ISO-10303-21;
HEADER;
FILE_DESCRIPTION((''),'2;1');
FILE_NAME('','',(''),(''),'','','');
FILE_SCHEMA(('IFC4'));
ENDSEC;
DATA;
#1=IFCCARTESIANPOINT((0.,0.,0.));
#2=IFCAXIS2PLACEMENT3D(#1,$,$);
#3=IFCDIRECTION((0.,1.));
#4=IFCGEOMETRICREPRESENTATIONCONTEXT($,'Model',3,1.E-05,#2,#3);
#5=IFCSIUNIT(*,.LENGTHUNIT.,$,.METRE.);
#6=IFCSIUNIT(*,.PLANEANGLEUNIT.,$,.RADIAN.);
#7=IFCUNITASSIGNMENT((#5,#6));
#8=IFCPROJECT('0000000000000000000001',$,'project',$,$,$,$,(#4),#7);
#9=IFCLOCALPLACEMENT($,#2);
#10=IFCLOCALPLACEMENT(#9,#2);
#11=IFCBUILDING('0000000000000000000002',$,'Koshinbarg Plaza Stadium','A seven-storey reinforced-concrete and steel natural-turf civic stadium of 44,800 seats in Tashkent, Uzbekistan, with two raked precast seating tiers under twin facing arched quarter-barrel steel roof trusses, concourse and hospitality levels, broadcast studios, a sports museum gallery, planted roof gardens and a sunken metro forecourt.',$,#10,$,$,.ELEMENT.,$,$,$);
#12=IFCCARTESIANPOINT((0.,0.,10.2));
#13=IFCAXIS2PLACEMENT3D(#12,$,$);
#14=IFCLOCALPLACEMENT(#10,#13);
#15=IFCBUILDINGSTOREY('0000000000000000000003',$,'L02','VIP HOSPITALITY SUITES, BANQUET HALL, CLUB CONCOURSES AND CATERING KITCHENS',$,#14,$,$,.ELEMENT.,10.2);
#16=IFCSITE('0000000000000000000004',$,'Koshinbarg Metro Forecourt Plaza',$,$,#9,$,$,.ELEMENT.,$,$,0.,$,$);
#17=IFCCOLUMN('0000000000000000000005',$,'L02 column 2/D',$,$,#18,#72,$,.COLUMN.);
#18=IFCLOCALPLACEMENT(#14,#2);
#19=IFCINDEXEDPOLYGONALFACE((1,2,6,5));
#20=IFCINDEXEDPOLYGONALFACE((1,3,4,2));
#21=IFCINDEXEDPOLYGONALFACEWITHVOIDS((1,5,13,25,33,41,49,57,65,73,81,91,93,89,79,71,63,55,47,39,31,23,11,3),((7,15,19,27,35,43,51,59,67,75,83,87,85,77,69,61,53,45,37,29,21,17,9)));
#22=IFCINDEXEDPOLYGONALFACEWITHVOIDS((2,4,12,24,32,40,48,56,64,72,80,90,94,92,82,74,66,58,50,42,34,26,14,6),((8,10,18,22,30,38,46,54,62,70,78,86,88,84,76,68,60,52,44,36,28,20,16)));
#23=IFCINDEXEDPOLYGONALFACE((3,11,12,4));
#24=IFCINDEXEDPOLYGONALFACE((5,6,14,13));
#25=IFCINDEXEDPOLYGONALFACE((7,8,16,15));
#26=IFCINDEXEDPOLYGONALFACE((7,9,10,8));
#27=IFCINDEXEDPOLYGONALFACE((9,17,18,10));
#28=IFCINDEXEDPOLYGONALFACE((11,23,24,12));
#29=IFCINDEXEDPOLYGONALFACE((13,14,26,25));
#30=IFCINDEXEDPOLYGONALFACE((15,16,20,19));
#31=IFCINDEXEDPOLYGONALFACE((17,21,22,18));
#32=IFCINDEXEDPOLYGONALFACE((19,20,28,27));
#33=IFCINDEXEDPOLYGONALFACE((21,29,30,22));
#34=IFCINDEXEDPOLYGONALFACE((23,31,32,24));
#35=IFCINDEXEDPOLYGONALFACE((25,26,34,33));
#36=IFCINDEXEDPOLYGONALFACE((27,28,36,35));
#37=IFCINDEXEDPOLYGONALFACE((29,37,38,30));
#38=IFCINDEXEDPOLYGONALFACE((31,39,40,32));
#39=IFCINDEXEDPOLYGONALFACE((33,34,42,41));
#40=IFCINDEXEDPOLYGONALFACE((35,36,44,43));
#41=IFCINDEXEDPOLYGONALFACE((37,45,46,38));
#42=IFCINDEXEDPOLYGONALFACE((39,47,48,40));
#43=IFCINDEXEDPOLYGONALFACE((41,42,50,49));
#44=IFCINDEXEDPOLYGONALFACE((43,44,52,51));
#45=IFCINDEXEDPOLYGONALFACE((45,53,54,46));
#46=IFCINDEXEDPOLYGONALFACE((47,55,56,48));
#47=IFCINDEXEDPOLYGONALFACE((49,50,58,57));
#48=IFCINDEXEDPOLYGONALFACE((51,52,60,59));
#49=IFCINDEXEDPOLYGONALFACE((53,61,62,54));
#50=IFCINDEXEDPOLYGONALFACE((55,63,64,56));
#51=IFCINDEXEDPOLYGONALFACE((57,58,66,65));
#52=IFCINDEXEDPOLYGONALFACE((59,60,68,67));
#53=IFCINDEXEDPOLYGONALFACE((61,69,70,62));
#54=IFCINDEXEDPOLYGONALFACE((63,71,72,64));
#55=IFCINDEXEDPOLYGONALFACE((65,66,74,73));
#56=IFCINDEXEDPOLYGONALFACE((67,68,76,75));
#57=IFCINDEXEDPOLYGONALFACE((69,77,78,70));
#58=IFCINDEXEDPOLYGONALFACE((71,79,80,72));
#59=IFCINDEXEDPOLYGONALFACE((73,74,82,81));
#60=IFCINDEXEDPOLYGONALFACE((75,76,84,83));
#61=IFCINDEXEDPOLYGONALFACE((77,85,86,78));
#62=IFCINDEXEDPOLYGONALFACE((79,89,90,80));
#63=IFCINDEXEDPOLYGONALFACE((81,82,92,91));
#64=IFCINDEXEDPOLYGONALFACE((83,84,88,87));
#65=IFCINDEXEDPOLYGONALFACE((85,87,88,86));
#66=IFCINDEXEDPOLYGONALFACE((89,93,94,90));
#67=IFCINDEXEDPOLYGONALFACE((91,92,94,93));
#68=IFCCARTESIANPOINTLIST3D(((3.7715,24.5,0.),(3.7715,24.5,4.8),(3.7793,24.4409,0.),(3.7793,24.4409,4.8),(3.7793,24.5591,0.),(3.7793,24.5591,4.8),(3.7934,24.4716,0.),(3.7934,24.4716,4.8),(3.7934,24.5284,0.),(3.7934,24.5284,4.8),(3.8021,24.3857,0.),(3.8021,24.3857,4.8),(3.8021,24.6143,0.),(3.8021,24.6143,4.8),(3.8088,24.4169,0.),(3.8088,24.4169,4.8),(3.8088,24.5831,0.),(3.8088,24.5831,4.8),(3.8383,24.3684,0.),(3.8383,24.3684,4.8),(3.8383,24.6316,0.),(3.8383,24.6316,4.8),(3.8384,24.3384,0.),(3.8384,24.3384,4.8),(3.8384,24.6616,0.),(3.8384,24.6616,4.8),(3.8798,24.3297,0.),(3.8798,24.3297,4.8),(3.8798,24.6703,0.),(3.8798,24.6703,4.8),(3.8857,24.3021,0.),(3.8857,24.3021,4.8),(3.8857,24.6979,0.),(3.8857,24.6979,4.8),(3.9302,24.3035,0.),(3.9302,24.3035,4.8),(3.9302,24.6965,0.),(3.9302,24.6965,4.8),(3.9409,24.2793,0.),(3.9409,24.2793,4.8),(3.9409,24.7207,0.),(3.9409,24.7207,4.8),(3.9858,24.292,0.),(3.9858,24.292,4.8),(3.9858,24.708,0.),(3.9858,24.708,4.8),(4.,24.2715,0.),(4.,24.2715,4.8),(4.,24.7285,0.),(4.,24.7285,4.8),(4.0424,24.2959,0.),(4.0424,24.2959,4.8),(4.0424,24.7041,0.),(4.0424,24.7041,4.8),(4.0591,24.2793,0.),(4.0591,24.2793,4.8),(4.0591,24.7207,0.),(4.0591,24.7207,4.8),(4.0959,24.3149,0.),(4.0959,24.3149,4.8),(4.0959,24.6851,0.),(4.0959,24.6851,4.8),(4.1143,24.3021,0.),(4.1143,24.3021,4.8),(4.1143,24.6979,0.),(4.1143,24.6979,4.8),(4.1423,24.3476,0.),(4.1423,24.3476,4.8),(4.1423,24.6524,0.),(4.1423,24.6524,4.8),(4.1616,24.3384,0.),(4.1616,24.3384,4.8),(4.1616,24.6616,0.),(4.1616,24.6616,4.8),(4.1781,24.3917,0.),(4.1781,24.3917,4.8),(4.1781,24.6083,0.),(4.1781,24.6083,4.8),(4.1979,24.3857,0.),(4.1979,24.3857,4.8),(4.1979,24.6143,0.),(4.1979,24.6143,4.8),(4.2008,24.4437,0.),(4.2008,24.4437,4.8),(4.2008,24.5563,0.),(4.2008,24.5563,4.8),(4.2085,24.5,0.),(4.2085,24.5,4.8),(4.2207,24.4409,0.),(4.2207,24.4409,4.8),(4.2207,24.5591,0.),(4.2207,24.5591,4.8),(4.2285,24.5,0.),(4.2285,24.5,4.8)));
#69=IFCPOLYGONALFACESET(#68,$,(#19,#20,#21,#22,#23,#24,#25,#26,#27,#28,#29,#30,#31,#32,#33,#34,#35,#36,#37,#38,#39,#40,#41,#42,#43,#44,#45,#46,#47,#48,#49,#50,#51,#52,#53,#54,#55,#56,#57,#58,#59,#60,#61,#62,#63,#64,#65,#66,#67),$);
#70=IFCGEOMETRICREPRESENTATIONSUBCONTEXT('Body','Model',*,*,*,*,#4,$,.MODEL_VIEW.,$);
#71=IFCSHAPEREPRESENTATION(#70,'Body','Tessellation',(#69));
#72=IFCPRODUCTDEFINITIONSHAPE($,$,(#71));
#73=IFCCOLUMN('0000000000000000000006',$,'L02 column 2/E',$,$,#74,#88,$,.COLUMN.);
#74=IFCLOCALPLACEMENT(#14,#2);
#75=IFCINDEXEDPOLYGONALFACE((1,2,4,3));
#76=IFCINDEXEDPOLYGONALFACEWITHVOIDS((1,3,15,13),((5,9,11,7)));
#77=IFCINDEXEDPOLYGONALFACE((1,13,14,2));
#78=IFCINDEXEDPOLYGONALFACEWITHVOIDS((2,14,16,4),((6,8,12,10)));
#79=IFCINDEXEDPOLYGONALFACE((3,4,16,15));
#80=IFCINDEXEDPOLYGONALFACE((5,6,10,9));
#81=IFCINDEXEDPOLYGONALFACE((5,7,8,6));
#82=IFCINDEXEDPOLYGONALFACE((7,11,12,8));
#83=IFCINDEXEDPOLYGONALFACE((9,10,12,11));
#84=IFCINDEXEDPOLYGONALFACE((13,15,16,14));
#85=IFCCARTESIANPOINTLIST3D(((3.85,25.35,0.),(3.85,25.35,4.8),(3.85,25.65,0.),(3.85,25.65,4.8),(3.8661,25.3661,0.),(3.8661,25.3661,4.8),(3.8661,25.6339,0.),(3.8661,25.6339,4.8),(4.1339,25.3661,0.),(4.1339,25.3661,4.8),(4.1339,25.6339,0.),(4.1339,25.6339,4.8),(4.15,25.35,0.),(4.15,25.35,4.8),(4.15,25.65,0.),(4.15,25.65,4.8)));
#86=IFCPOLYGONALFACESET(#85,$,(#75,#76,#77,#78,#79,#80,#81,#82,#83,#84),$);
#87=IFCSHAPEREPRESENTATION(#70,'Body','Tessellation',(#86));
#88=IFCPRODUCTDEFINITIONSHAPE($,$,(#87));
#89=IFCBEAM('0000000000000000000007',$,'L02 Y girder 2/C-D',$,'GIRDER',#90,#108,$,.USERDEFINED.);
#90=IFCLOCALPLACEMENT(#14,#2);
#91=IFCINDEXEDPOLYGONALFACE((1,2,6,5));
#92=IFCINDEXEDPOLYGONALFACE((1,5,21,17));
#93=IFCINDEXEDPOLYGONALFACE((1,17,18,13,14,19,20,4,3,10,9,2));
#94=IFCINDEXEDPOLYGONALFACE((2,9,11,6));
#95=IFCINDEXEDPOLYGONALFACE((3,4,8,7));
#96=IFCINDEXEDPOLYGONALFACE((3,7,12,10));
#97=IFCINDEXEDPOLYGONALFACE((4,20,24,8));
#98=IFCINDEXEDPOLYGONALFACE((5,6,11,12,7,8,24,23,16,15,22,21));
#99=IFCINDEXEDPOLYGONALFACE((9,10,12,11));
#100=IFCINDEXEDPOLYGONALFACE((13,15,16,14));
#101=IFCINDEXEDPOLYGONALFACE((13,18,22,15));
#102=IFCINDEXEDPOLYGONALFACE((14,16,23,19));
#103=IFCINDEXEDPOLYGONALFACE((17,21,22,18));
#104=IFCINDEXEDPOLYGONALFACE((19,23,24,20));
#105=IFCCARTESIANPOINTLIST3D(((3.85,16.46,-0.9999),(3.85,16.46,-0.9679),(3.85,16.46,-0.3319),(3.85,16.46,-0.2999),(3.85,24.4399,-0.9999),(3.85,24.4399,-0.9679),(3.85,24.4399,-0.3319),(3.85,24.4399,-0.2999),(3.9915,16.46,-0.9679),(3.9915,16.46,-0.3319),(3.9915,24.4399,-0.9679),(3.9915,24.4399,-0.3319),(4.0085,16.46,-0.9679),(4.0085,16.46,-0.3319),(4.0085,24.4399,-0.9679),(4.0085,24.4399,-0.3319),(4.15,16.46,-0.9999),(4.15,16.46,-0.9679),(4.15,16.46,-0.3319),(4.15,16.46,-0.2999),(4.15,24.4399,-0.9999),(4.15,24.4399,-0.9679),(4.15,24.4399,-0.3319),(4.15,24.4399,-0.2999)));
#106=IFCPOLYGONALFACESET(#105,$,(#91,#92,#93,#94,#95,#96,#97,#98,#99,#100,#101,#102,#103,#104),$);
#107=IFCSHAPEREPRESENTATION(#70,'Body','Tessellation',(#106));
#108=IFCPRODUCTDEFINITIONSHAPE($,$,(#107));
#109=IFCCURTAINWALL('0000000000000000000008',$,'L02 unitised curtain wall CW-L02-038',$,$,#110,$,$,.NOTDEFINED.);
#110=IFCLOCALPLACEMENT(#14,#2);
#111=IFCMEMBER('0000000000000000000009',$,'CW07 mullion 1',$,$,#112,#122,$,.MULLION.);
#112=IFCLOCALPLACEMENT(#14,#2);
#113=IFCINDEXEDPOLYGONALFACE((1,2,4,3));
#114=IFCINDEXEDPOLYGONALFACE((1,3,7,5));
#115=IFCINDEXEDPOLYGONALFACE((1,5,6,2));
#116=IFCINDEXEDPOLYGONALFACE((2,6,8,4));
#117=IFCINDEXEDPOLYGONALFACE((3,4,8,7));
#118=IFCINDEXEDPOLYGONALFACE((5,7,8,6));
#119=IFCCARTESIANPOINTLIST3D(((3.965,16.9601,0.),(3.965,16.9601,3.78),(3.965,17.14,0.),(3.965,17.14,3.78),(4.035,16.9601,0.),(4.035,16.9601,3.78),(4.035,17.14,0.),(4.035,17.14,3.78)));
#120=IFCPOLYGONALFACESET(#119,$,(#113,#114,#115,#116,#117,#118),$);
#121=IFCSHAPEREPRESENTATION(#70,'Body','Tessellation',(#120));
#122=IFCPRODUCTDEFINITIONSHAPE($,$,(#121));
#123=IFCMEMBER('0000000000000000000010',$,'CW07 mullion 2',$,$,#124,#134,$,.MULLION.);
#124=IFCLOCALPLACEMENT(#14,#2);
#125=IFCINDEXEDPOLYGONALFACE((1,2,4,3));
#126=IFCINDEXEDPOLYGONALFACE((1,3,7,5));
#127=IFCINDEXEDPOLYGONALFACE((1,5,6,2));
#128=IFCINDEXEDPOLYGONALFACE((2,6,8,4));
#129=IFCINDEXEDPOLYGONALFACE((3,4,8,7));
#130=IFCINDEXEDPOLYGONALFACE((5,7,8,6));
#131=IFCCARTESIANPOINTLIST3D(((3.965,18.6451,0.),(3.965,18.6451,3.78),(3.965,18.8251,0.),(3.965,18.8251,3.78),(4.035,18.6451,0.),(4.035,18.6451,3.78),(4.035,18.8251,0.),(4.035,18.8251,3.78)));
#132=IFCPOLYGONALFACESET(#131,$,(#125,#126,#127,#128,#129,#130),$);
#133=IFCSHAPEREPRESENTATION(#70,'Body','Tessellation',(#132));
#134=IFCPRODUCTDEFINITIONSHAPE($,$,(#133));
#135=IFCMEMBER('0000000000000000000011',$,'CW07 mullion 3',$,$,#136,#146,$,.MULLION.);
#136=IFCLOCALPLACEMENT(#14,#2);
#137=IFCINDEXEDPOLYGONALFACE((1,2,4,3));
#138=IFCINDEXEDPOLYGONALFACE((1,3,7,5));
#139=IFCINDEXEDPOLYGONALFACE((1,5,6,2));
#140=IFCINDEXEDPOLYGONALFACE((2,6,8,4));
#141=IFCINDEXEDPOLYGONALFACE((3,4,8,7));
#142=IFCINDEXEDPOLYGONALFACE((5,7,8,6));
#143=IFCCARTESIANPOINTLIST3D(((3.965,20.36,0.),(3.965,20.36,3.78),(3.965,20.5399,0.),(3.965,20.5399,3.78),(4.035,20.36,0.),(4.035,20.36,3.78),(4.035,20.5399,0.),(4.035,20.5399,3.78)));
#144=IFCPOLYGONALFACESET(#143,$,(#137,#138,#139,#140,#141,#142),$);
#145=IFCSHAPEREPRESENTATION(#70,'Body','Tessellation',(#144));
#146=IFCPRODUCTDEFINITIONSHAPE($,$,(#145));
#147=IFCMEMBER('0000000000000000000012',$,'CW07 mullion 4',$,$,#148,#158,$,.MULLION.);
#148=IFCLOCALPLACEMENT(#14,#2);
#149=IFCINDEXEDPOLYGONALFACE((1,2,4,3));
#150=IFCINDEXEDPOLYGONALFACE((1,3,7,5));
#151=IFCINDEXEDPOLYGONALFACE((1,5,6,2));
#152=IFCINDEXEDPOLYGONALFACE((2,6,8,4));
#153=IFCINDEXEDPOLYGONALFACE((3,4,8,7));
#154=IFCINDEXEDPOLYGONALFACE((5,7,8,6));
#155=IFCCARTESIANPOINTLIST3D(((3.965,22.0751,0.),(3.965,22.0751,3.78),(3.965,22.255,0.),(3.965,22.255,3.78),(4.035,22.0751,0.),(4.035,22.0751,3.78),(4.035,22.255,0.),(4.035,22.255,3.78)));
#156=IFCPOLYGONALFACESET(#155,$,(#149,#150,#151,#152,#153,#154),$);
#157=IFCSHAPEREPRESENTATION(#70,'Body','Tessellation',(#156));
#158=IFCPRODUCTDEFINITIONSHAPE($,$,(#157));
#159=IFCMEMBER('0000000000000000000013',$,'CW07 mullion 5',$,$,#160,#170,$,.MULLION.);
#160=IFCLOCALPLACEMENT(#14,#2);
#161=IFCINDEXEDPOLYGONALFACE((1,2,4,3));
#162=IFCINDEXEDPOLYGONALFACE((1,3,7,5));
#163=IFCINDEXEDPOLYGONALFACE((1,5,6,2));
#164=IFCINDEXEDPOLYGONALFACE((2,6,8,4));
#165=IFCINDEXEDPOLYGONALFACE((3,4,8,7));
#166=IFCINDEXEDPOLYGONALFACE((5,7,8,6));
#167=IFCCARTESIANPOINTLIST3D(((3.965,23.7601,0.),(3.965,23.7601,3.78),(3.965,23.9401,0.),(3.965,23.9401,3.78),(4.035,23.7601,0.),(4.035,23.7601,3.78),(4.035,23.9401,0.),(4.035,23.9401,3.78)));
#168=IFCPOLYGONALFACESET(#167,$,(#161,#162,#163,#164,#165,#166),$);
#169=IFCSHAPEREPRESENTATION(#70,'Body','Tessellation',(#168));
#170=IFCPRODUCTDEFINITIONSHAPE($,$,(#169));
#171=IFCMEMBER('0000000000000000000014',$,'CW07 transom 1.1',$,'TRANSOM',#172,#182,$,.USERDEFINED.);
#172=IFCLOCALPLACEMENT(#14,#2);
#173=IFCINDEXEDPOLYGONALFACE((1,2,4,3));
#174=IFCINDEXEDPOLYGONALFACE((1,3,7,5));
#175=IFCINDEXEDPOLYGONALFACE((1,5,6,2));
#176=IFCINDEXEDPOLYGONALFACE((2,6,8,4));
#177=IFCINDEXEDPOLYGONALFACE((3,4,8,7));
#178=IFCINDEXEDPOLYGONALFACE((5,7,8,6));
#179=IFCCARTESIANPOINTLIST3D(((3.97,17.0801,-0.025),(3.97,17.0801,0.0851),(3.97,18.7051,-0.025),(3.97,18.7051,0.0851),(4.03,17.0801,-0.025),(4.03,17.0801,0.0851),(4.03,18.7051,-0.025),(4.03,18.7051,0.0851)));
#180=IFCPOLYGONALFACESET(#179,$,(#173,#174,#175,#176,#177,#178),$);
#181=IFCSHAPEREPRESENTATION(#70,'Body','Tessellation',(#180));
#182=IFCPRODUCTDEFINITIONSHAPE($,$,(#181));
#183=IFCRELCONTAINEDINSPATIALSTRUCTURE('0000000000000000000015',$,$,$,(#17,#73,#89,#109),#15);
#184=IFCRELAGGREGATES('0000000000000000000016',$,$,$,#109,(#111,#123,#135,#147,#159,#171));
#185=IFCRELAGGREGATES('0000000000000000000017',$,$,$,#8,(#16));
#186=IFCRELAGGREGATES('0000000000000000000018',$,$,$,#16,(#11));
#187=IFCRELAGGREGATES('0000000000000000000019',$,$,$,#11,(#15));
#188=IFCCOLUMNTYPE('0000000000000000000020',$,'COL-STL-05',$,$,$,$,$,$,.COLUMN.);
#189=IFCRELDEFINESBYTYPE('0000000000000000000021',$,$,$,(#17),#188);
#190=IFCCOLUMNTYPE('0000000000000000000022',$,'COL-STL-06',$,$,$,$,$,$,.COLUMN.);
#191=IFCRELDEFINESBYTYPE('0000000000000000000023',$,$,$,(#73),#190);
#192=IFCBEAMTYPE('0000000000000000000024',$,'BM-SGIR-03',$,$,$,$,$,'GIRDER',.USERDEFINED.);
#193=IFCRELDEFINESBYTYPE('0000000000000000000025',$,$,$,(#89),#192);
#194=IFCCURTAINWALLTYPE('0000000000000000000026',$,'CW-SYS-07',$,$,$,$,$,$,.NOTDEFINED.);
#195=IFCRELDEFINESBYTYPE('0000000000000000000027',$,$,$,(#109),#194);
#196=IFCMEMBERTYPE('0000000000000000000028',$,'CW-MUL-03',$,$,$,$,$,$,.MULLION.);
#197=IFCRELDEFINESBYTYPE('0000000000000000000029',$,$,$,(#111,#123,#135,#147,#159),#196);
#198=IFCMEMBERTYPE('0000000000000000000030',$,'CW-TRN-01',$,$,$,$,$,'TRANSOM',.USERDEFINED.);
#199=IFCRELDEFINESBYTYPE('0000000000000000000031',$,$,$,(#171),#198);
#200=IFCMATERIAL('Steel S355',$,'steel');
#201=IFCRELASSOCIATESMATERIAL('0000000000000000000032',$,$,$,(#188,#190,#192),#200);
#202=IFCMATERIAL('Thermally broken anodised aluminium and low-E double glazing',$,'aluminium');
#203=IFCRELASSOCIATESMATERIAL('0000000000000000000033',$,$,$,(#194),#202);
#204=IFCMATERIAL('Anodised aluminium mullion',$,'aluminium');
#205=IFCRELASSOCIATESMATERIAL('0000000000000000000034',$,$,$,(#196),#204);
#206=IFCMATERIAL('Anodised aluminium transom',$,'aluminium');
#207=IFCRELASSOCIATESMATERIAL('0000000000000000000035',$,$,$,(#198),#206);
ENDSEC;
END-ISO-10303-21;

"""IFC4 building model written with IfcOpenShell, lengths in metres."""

from ifc_helpers import new_model, si_unit, direction, frame, origin, origin_2d, place, context, subcontext, project, spatial, rectangle, hollow_rectangle, hollow_circle, i_section, extrude, material, material_profile, profile_set, type_object, element, aggregate, save


model = new_model("IFC4")

# Units and contexts
model_context = context("Model", 3, precision=1e-05, world=origin(), true_north=direction((0.0, 1.0)))
body_context = subcontext(model_context, "Body", "Model", "MODEL_VIEW")
ifc_project = project(units=[si_unit("LENGTHUNIT", "METRE"), si_unit("PLANEANGLEUNIT", "RADIAN")], contexts=[model_context])

# Site, building, storey
site_placement = place(None, origin())
site = spatial("IfcSite", under=ifc_project, at=site_placement, Name="Koshinbarg Metro Forecourt Plaza", CompositionType="ELEMENT", RefElevation=0.0)
building_placement = place(site_placement, origin())
building = spatial("IfcBuilding", under=site, at=building_placement, Name="Koshinbarg Plaza Stadium", Description="A seven-storey reinforced-concrete and steel natural-turf civic stadium of 44,800 seats in Tashkent, Uzbekistan, with two raked precast seating tiers under twin facing arched quarter-barrel steel roof trusses, concourse and hospitality levels, broadcast studios, a sports museum gallery, planted roof gardens and a sunken metro forecourt.", CompositionType="ELEMENT")
storey_placement = place(building_placement, frame((0.0, 0.0, 10.2)))
storey = spatial("IfcBuildingStorey", under=building, at=storey_placement, Name="L02", Description="VIP HOSPITALITY SUITES, BANQUET HALL, CLUB CONCOURSES AND CATERING KITCHENS", CompositionType="ELEMENT", Elevation=10.2)

# Columns
ifc_material_1 = material(Name="Steel S355", Category="steel")
ifc_material_profile_1 = material_profile(ifc_material_1, hollow_circle(Radius=0.2285, WallThickness=0.02, at=origin_2d()), Name="CHS 457x20")
ifc_profile_set_1 = profile_set([ifc_material_profile_1], Name="Steel S355")
column_type_1 = type_object("IfcColumnType", Name="COL-STL-05", PredefinedType="COLUMN", material=ifc_profile_set_1)
column_1_placement = place(storey_placement, frame((4.0, 24.5, 0.0), z_axis=(0.0, 0.0, 1.0), x_axis=(1.0, 0.0, 0.0)))
element("IfcColumn", 1, at=column_1_placement, inside=storey, type_object=column_type_1, Name="L02 column 2/D", PredefinedType="COLUMN", context=body_context, shape_type="SweptSolid", body=[
    extrude(hollow_circle(Radius=0.2285, WallThickness=0.02, at=origin_2d()), origin(), (0.0, 0.0, 1.0), 4.8),
])
ifc_material_profile_2 = material_profile(ifc_material_1, hollow_rectangle(XDim=0.3, YDim=0.3, WallThickness=0.0161, at=origin_2d()), Name="SHS 300x300x16")
ifc_profile_set_2 = profile_set([ifc_material_profile_2], Name="Steel S355")
column_type_2 = type_object("IfcColumnType", Name="COL-STL-06", PredefinedType="COLUMN", material=ifc_profile_set_2)
column_2_placement = place(storey_placement, frame((4.0, 25.5, 0.0), z_axis=(0.0, 0.0, 1.0), x_axis=(1.0, 0.0, 0.0)))
element("IfcColumn", 2, at=column_2_placement, inside=storey, type_object=column_type_2, Name="L02 column 2/E", PredefinedType="COLUMN", context=body_context, shape_type="SweptSolid", body=[
    extrude(hollow_rectangle(XDim=0.3, YDim=0.3, WallThickness=0.0161, at=origin_2d()), origin(), (0.0, 0.0, 1.0), 4.8),
])

# Beam
ifc_material_profile_3 = material_profile(ifc_material_1, i_section(OverallWidth=0.3, OverallDepth=0.7, WebThickness=0.0171, FlangeThickness=0.032, at=origin_2d()), Name="HEB 700")
ifc_profile_set_3 = profile_set([ifc_material_profile_3], Name="Steel S355")
beam_type = type_object("IfcBeamType", Name="BM-SGIR-03", ElementType="GIRDER", PredefinedType="USERDEFINED", material=ifc_profile_set_3)
beam_placement = place(storey_placement, frame((4.0, 16.46, -0.6499), z_axis=(0.0, 1.0, 0.0), x_axis=(-1.0, 0.0, 0.0)))
element("IfcBeam", 3, at=beam_placement, inside=storey, type_object=beam_type, Name="L02 Y girder 2/C-D", ObjectType="GIRDER", PredefinedType="USERDEFINED", context=body_context, shape_type="SweptSolid", body=[
    extrude(i_section(OverallWidth=0.3, OverallDepth=0.7, WebThickness=0.0171, FlangeThickness=0.032, at=origin_2d()), origin(), (0.0, 0.0, 1.0), 7.98),
])

# Curtain wall, members
ifc_material_2 = material(Name="Thermally broken anodised aluminium and low-E double glazing", Category="aluminium")
curtain_wall_type = type_object("IfcCurtainWallType", Name="CW-SYS-07", PredefinedType="NOTDEFINED", material=ifc_material_2)
curtain_wall_placement = place(storey_placement, origin())
curtain_wall = element("IfcCurtainWall", 4, at=curtain_wall_placement, inside=storey, type_object=curtain_wall_type, Name="L02 unitised curtain wall CW-L02-038", PredefinedType="NOTDEFINED")
ifc_material_3 = material(Name="Anodised aluminium mullion", Category="aluminium")
ifc_material_profile_4 = material_profile(ifc_material_3, rectangle(XDim=0.0701, YDim=0.1799, at=origin_2d()), Name="ALU 70x180")
ifc_profile_set_4 = profile_set([ifc_material_profile_4], Name="Anodised aluminium mullion")
member_type_1 = type_object("IfcMemberType", Name="CW-MUL-03", PredefinedType="MULLION", material=ifc_profile_set_4)
member_1_placement = place(storey_placement, frame((4.0, 17.05, 0.0), z_axis=(0.0, 0.0, 1.0), x_axis=(-1.0, 0.0, 0.0)))
member_1 = element("IfcMember", 5, at=member_1_placement, type_object=member_type_1, Name="CW07 mullion 1", PredefinedType="MULLION", context=body_context, shape_type="SweptSolid", body=[
    extrude(rectangle(XDim=0.0701, YDim=0.1799, at=origin_2d()), origin(), (0.0, 0.0, 1.0), 3.78),
])
member_2_placement = place(storey_placement, frame((4.0, 18.7351, 0.0), z_axis=(0.0, 0.0, 1.0), x_axis=(-1.0, 0.0, 0.0)))
member_2 = element("IfcMember", 6, at=member_2_placement, type_object=member_type_1, Name="CW07 mullion 2", PredefinedType="MULLION", context=body_context, shape_type="SweptSolid", body=[
    extrude(rectangle(XDim=0.0701, YDim=0.1799, at=origin_2d()), origin(), (0.0, 0.0, 1.0), 3.78),
])
member_3_placement = place(storey_placement, frame((4.0, 20.45, 0.0), z_axis=(0.0, 0.0, 1.0), x_axis=(-1.0, 0.0, 0.0)))
member_3 = element("IfcMember", 7, at=member_3_placement, type_object=member_type_1, Name="CW07 mullion 3", PredefinedType="MULLION", context=body_context, shape_type="SweptSolid", body=[
    extrude(rectangle(XDim=0.0701, YDim=0.1799, at=origin_2d()), origin(), (0.0, 0.0, 1.0), 3.78),
])
member_4_placement = place(storey_placement, frame((4.0, 22.165, 0.0), z_axis=(0.0, 0.0, 1.0), x_axis=(-1.0, 0.0, 0.0)))
member_4 = element("IfcMember", 8, at=member_4_placement, type_object=member_type_1, Name="CW07 mullion 4", PredefinedType="MULLION", context=body_context, shape_type="SweptSolid", body=[
    extrude(rectangle(XDim=0.0701, YDim=0.1799, at=origin_2d()), origin(), (0.0, 0.0, 1.0), 3.78),
])
member_5_placement = place(storey_placement, frame((4.0, 23.8501, 0.0), z_axis=(0.0, 0.0, 1.0), x_axis=(-1.0, 0.0, 0.0)))
member_5 = element("IfcMember", 9, at=member_5_placement, type_object=member_type_1, Name="CW07 mullion 5", PredefinedType="MULLION", context=body_context, shape_type="SweptSolid", body=[
    extrude(rectangle(XDim=0.0701, YDim=0.1799, at=origin_2d()), origin(), (0.0, 0.0, 1.0), 3.78),
])
ifc_material_4 = material(Name="Anodised aluminium transom", Category="aluminium")
ifc_material_profile_5 = material_profile(ifc_material_4, rectangle(XDim=0.0601, YDim=0.1101, at=origin_2d()), Name="ALU 60x110")
ifc_profile_set_5 = profile_set([ifc_material_profile_5], Name="Anodised aluminium transom")
member_type_2 = type_object("IfcMemberType", Name="CW-TRN-01", ElementType="TRANSOM", PredefinedType="USERDEFINED", material=ifc_profile_set_5)
member_6_placement = place(storey_placement, frame((4.0, 17.0801, 0.03), z_axis=(0.0, 1.0, 0.0), x_axis=(-1.0, 0.0, 0.0)))
member_6 = element("IfcMember", 10, at=member_6_placement, type_object=member_type_2, Name="CW07 transom 1.1", ObjectType="TRANSOM", PredefinedType="USERDEFINED", context=body_context, shape_type="SweptSolid", body=[
    extrude(rectangle(XDim=0.0601, YDim=0.1101, at=origin_2d()), origin(), (0.0, 0.0, 1.0), 1.625),
])
aggregate(curtain_wall, [member_1, member_2, member_3, member_4, member_5, member_6])

save(model, "model.ifc")
